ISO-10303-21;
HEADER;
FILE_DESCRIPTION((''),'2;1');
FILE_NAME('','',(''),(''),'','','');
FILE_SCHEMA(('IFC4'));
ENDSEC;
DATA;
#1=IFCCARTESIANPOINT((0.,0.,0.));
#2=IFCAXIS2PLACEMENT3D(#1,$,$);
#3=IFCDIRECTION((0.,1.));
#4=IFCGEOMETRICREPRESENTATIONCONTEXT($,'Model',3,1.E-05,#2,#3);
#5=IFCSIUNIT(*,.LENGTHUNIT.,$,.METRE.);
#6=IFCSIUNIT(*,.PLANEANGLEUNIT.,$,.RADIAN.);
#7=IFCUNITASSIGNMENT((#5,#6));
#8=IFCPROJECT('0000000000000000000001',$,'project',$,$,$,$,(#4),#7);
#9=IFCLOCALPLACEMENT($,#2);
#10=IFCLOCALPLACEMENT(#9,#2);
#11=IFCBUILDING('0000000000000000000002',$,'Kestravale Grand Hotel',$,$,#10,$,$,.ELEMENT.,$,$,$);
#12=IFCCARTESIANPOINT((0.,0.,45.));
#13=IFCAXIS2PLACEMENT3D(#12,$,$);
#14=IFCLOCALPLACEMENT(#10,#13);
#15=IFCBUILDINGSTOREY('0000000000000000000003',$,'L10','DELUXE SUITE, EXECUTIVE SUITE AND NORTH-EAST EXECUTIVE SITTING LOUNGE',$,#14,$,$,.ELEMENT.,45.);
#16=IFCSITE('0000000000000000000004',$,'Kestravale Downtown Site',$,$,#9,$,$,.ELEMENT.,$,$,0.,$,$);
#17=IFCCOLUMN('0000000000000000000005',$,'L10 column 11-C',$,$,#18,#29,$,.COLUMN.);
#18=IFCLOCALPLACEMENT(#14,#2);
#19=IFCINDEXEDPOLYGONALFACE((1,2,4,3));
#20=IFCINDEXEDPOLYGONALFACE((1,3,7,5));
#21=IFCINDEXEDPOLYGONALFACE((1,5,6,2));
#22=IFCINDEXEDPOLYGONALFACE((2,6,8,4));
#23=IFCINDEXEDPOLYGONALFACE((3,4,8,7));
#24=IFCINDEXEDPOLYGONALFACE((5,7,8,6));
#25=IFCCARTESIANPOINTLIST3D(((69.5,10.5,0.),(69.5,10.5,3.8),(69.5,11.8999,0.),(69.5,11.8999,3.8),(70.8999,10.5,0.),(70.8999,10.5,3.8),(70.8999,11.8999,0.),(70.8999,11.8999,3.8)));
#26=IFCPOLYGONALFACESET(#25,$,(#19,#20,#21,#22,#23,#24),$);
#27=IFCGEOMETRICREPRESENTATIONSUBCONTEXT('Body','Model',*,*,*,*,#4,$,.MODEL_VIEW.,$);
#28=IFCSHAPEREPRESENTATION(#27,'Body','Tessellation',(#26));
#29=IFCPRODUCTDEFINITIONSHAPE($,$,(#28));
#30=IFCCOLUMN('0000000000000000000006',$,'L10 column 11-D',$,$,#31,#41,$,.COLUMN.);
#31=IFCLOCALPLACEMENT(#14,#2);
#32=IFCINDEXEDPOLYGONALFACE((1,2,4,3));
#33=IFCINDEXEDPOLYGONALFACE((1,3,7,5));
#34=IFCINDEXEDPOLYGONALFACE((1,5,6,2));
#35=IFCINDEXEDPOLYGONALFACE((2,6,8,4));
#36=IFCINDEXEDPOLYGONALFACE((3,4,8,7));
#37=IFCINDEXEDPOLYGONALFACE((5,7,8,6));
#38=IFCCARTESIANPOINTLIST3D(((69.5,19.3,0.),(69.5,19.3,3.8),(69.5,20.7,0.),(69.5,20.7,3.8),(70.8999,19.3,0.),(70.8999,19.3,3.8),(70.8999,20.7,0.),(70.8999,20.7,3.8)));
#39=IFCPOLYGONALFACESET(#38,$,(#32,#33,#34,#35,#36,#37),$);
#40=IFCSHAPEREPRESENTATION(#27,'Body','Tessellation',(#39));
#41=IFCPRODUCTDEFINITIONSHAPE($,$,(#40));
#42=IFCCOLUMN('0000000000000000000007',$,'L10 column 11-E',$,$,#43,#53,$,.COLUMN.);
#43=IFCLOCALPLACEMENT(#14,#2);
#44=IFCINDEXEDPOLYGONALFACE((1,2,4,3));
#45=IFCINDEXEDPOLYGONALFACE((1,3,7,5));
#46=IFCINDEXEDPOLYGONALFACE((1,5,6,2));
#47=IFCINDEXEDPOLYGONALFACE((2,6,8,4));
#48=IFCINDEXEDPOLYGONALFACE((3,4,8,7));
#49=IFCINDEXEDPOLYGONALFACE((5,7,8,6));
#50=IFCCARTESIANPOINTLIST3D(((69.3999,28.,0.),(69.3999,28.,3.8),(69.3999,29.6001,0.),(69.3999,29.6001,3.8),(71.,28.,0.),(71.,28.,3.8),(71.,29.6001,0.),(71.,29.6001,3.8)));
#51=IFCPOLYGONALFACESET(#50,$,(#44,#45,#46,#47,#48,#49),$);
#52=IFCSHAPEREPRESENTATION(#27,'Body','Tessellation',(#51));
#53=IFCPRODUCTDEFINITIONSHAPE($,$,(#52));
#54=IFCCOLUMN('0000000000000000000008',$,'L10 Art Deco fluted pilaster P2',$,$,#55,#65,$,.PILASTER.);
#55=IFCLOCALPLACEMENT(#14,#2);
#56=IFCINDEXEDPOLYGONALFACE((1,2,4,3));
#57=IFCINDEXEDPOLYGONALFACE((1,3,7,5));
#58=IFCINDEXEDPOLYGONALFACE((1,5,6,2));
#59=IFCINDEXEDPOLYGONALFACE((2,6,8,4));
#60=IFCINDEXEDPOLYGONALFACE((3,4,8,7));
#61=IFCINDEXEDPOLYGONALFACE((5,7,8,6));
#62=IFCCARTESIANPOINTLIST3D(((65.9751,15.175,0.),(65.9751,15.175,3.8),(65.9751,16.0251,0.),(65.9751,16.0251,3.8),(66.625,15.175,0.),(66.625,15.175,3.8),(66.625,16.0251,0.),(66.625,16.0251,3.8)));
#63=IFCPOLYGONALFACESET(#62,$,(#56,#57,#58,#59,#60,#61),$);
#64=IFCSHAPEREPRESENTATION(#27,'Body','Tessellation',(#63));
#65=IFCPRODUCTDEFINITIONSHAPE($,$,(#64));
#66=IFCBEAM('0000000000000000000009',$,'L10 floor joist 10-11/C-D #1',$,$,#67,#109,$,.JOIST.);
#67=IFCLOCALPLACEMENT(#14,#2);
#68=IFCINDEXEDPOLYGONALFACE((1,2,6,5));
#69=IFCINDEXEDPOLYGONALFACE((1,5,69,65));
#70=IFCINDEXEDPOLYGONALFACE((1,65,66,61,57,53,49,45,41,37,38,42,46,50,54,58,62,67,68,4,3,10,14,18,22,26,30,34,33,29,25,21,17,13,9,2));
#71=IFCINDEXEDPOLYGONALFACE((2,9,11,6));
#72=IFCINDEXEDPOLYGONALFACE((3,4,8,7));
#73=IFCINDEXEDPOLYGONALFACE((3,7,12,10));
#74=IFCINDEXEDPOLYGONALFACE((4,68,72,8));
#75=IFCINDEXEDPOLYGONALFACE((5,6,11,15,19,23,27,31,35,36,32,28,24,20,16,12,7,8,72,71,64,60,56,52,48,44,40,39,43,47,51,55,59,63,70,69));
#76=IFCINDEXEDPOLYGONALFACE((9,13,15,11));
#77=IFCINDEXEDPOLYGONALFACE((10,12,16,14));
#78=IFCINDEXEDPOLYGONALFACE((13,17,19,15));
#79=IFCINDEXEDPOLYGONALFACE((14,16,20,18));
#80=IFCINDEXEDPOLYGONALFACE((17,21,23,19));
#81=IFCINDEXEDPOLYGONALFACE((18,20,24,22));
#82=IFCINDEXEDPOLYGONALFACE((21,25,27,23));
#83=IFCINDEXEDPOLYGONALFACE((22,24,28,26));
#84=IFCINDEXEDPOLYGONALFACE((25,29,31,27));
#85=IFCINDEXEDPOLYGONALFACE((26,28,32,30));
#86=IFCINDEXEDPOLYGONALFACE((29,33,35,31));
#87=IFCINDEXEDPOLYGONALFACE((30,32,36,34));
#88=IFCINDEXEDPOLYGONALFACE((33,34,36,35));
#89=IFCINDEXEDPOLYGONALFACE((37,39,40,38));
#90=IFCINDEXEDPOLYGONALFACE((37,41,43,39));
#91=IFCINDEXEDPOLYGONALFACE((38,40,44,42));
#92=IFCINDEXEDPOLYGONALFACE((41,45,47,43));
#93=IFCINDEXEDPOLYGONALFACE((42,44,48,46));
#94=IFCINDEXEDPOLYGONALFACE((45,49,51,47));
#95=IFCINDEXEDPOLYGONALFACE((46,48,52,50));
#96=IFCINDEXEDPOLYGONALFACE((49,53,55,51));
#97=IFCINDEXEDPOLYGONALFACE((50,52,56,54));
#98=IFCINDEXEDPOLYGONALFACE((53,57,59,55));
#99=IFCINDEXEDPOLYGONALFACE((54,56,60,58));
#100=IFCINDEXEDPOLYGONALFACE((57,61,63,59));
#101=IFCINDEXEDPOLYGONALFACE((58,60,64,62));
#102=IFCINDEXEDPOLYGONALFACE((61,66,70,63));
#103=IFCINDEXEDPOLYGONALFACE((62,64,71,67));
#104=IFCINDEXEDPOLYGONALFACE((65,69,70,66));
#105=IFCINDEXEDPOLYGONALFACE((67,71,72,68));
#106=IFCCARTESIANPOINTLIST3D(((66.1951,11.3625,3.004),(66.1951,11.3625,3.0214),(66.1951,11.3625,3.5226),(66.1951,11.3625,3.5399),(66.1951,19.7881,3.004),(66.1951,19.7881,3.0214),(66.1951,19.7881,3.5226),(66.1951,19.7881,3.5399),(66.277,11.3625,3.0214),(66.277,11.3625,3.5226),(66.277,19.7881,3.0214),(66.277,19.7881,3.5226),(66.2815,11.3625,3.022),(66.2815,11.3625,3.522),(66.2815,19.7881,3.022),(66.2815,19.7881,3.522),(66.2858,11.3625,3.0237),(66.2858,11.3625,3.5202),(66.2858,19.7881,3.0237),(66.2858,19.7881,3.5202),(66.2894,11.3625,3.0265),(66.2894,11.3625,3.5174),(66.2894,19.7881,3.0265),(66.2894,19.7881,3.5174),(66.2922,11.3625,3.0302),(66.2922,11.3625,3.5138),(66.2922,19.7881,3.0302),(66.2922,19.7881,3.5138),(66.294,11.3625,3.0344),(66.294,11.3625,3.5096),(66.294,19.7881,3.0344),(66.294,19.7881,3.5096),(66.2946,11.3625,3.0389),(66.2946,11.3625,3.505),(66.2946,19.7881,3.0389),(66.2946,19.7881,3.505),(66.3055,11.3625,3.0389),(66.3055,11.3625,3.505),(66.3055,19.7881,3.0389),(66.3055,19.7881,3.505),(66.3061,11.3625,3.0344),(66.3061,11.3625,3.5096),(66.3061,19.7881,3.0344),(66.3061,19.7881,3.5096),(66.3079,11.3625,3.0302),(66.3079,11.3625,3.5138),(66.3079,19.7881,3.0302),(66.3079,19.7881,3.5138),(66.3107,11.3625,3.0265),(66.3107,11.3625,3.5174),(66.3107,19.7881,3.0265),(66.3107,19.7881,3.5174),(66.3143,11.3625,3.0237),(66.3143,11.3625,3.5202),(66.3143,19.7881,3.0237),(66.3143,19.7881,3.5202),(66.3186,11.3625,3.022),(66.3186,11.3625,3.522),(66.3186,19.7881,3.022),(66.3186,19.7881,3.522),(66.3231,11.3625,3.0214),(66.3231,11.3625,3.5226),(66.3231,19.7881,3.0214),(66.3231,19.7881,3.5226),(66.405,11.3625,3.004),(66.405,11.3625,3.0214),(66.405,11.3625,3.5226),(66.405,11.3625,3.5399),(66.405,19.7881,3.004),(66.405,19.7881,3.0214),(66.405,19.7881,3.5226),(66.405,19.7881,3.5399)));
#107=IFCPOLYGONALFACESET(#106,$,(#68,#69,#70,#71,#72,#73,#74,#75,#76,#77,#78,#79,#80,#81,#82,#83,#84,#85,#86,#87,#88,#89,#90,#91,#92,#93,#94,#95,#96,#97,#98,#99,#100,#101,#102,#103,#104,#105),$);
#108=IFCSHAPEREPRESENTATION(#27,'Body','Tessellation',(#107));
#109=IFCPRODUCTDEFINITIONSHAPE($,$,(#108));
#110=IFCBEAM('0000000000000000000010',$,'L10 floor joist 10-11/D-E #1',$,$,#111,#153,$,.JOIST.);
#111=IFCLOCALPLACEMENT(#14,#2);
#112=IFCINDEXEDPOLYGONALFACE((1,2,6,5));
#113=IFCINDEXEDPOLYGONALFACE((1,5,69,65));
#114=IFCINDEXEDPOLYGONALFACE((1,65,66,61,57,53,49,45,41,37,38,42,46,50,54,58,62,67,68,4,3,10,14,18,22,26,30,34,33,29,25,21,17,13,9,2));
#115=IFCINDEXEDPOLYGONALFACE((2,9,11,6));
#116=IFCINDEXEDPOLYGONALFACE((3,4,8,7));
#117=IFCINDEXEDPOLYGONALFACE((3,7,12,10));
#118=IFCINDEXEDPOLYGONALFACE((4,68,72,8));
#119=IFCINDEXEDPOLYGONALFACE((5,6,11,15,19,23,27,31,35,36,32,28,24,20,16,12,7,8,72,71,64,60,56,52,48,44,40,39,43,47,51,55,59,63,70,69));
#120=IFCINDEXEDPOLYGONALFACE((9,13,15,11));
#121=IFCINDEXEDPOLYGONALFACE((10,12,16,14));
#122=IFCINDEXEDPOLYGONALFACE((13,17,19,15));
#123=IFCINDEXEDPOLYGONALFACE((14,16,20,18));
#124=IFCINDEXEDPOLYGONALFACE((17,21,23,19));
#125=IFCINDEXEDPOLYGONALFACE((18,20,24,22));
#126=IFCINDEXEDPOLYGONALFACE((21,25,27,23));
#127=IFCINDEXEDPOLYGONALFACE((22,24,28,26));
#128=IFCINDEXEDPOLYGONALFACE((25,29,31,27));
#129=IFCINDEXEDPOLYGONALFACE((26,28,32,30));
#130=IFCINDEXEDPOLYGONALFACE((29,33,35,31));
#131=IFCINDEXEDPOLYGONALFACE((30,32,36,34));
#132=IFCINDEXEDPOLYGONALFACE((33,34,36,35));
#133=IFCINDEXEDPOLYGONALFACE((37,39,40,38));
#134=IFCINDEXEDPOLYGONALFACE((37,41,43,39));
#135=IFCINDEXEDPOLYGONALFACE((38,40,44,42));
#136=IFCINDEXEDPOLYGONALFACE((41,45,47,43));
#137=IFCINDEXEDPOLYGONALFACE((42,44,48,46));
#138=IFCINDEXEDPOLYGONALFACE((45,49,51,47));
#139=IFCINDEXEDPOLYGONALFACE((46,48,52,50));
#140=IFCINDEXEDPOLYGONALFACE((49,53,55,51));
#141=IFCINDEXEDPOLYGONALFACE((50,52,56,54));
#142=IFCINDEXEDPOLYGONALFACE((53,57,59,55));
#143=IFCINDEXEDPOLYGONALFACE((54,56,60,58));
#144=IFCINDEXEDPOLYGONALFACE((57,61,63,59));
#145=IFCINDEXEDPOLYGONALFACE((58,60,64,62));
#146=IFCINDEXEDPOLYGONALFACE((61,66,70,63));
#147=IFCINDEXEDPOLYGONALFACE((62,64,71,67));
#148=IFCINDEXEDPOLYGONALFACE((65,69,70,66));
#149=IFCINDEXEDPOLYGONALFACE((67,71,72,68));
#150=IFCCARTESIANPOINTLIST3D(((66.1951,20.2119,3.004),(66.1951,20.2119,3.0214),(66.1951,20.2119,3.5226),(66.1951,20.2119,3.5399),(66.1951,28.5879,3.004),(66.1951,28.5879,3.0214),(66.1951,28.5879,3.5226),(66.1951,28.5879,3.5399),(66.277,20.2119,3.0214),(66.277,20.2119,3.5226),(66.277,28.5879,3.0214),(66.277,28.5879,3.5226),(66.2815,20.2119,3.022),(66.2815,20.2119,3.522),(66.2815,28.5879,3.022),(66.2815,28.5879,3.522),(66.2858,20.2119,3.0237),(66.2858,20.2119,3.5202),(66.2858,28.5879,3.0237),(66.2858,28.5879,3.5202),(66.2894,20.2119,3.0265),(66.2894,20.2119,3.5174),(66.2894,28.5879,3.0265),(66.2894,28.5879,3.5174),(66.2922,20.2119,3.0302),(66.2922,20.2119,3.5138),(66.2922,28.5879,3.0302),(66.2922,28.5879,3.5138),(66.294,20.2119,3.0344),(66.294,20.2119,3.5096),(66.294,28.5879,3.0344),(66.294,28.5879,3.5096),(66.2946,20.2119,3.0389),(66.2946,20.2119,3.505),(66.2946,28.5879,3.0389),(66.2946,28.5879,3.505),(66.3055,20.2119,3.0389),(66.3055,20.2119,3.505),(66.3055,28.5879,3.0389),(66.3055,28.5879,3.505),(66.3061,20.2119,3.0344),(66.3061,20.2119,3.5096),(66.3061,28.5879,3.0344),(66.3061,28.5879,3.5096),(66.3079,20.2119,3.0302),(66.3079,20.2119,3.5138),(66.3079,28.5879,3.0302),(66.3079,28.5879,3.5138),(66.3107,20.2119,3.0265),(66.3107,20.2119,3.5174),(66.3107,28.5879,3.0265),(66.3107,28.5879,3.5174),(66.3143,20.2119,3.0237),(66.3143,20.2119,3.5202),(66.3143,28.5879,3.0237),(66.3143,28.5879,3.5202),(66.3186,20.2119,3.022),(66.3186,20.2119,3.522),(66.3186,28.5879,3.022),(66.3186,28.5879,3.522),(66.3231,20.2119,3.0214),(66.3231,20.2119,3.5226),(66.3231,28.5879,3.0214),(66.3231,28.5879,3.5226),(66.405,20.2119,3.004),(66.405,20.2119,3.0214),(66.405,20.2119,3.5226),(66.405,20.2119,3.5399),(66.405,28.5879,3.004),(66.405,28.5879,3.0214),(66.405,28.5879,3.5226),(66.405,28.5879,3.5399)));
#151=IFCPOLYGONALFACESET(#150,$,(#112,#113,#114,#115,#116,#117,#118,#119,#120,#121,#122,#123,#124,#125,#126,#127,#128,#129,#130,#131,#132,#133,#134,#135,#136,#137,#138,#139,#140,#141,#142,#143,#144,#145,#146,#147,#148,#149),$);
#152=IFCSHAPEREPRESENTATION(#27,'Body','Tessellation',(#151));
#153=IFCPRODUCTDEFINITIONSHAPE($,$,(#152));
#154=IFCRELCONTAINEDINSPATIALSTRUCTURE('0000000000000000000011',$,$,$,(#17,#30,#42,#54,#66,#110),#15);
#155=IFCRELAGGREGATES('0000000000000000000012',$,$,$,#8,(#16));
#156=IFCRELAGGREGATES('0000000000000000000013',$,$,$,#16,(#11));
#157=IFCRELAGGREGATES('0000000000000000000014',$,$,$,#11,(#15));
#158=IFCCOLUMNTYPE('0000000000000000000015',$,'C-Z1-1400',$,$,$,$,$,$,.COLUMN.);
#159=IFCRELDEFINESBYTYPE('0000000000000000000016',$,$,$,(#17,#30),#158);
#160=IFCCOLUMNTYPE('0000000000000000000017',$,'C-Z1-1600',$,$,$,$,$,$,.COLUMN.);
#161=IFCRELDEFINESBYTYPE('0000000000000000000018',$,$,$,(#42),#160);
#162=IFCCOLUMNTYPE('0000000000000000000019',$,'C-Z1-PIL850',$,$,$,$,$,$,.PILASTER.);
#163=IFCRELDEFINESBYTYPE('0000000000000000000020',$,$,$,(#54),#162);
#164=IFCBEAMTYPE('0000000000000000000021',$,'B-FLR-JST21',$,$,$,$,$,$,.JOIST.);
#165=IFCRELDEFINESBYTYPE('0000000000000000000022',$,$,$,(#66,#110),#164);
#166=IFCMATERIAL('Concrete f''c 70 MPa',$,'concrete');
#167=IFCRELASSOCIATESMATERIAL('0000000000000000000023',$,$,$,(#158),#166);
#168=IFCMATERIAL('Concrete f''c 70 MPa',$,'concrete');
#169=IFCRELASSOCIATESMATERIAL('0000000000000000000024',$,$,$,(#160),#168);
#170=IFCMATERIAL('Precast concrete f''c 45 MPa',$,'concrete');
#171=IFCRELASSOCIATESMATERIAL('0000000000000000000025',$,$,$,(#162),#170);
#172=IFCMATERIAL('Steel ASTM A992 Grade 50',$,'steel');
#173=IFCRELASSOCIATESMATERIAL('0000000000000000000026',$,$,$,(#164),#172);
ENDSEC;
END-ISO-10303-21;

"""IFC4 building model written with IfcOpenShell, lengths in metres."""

from ifc_helpers import new_model, si_unit, direction, frame, origin, origin_2d, place, context, subcontext, project, spatial, rectangle, i_section, extrude, material, material_profile, profile_set, type_object, element, save


model = new_model("IFC4")

# Units and contexts
model_context = context("Model", 3, precision=1e-05, world=origin(), true_north=direction((0.0, 1.0)))
body_context = subcontext(model_context, "Body", "Model", "MODEL_VIEW")
ifc_project = project(units=[si_unit("LENGTHUNIT", "METRE"), si_unit("PLANEANGLEUNIT", "RADIAN")], contexts=[model_context])

# Site, building, storey
site_placement = place(None, origin())
site = spatial("IfcSite", under=ifc_project, at=site_placement, Name="Kestravale Downtown Site", CompositionType="ELEMENT", RefElevation=0.0)
building_placement = place(site_placement, origin())
building = spatial("IfcBuilding", under=site, at=building_placement, Name="Kestravale Grand Hotel", CompositionType="ELEMENT")
storey_placement = place(building_placement, frame((0.0, 0.0, 45.0)))
storey = spatial("IfcBuildingStorey", under=building, at=storey_placement, Name="L10", Description="DELUXE SUITE, EXECUTIVE SUITE AND NORTH-EAST EXECUTIVE SITTING LOUNGE", CompositionType="ELEMENT", Elevation=45.0)

# Columns
ifc_material_1 = material(Name="Concrete f'c 70 MPa", Category="concrete")
ifc_material_profile_1 = material_profile(ifc_material_1, rectangle(XDim=1.3999, YDim=1.3999, at=origin_2d()))
ifc_profile_set_1 = profile_set([ifc_material_profile_1], Name="Concrete f'c 70 MPa")
column_type_1 = type_object("IfcColumnType", Name="C-Z1-1400", PredefinedType="COLUMN", material=ifc_profile_set_1)
for number, where, z_axis, x_axis, name in (
    (1, (70.2, 11.2, 0.0), (0.0, 0.0, 1.0), (1.0, 0.0, 0.0), "L10 column 11-C"),
    (2, (70.2, 20.0, 0.0), (0.0, 0.0, 1.0), (1.0, 0.0, 0.0), "L10 column 11-D"),
):
    element("IfcColumn", number, at=place(storey_placement, frame(where, z_axis=z_axis, x_axis=x_axis)), inside=storey, type_object=column_type_1, Name=name, PredefinedType="COLUMN", context=body_context, shape_type="SweptSolid", body=[
        extrude(rectangle(XDim=1.3999, YDim=1.3999, at=origin_2d()), origin(), (0.0, 0.0, 1.0), 3.8),
    ])
ifc_material_2 = material(Name="Concrete f'c 70 MPa", Category="concrete")
ifc_material_profile_2 = material_profile(ifc_material_2, rectangle(XDim=1.6001, YDim=1.6001, at=origin_2d()))
ifc_profile_set_2 = profile_set([ifc_material_profile_2], Name="Concrete f'c 70 MPa")
column_type_2 = type_object("IfcColumnType", Name="C-Z1-1600", PredefinedType="COLUMN", material=ifc_profile_set_2)
column_1_placement = place(storey_placement, frame((70.2, 28.8, 0.0), z_axis=(0.0, 0.0, 1.0), x_axis=(1.0, 0.0, 0.0)))
element("IfcColumn", 3, at=column_1_placement, inside=storey, type_object=column_type_2, Name="L10 column 11-E", PredefinedType="COLUMN", context=body_context, shape_type="SweptSolid", body=[
    extrude(rectangle(XDim=1.6001, YDim=1.6001, at=origin_2d()), origin(), (0.0, 0.0, 1.0), 3.8),
])
ifc_material_3 = material(Name="Precast concrete f'c 45 MPa", Category="concrete")
ifc_material_profile_3 = material_profile(ifc_material_3, rectangle(XDim=0.6499, YDim=0.8501, at=origin_2d()))
ifc_profile_set_3 = profile_set([ifc_material_profile_3], Name="Precast concrete f'c 45 MPa")
column_type_3 = type_object("IfcColumnType", Name="C-Z1-PIL850", PredefinedType="PILASTER", material=ifc_profile_set_3)
column_2_placement = place(storey_placement, frame((66.3, 15.6001, 0.0), z_axis=(0.0, 0.0, 1.0), x_axis=(1.0, 0.0, 0.0)))
element("IfcColumn", 4, at=column_2_placement, inside=storey, type_object=column_type_3, Name="L10 Art Deco fluted pilaster P2", PredefinedType="PILASTER", context=body_context, shape_type="SweptSolid", body=[
    extrude(rectangle(XDim=0.6499, YDim=0.8501, at=origin_2d()), origin(), (0.0, 0.0, 1.0), 3.8),
])

# Beams
ifc_material_4 = material(Name="Steel ASTM A992 Grade 50", Category="steel")
ifc_material_profile_4 = material_profile(ifc_material_4, i_section(OverallWidth=0.21, OverallDepth=0.5359, WebThickness=0.011, FlangeThickness=0.0173, FilletRadius=0.0176, at=origin_2d()))
ifc_profile_set_4 = profile_set([ifc_material_profile_4], Name="Steel ASTM A992 Grade 50")
beam_type_1 = type_object("IfcBeamType", Name="B-FLR-JST21", PredefinedType="JOIST", material=ifc_profile_set_4)
beam_1_placement = place(storey_placement, frame((66.3, 11.3625, 3.272), z_axis=(0.0, 1.0, 0.0), x_axis=(-1.0, 0.0, 0.0)))
element("IfcBeam", 5, at=beam_1_placement, inside=storey, type_object=beam_type_1, Name="L10 floor joist 10-11/C-D #1", PredefinedType="JOIST", context=body_context, shape_type="SweptSolid", body=[
    extrude(i_section(OverallWidth=0.21, OverallDepth=0.5359, WebThickness=0.011, FlangeThickness=0.0173, FilletRadius=0.0176, at=origin_2d()), origin(), (0.0, 0.0, 1.0), 8.4255),
])
beam_2_placement = place(storey_placement, frame((66.3, 20.2119, 3.272), z_axis=(0.0, 1.0, 0.0), x_axis=(-1.0, 0.0, 0.0)))
element("IfcBeam", 6, at=beam_2_placement, inside=storey, type_object=beam_type_1, Name="L10 floor joist 10-11/D-E #1", PredefinedType="JOIST", context=body_context, shape_type="SweptSolid", body=[
    extrude(i_section(OverallWidth=0.21, OverallDepth=0.5359, WebThickness=0.011, FlangeThickness=0.0173, FilletRadius=0.0176, at=origin_2d()), origin(), (0.0, 0.0, 1.0), 8.376),
])

save(model, "model.ifc")
